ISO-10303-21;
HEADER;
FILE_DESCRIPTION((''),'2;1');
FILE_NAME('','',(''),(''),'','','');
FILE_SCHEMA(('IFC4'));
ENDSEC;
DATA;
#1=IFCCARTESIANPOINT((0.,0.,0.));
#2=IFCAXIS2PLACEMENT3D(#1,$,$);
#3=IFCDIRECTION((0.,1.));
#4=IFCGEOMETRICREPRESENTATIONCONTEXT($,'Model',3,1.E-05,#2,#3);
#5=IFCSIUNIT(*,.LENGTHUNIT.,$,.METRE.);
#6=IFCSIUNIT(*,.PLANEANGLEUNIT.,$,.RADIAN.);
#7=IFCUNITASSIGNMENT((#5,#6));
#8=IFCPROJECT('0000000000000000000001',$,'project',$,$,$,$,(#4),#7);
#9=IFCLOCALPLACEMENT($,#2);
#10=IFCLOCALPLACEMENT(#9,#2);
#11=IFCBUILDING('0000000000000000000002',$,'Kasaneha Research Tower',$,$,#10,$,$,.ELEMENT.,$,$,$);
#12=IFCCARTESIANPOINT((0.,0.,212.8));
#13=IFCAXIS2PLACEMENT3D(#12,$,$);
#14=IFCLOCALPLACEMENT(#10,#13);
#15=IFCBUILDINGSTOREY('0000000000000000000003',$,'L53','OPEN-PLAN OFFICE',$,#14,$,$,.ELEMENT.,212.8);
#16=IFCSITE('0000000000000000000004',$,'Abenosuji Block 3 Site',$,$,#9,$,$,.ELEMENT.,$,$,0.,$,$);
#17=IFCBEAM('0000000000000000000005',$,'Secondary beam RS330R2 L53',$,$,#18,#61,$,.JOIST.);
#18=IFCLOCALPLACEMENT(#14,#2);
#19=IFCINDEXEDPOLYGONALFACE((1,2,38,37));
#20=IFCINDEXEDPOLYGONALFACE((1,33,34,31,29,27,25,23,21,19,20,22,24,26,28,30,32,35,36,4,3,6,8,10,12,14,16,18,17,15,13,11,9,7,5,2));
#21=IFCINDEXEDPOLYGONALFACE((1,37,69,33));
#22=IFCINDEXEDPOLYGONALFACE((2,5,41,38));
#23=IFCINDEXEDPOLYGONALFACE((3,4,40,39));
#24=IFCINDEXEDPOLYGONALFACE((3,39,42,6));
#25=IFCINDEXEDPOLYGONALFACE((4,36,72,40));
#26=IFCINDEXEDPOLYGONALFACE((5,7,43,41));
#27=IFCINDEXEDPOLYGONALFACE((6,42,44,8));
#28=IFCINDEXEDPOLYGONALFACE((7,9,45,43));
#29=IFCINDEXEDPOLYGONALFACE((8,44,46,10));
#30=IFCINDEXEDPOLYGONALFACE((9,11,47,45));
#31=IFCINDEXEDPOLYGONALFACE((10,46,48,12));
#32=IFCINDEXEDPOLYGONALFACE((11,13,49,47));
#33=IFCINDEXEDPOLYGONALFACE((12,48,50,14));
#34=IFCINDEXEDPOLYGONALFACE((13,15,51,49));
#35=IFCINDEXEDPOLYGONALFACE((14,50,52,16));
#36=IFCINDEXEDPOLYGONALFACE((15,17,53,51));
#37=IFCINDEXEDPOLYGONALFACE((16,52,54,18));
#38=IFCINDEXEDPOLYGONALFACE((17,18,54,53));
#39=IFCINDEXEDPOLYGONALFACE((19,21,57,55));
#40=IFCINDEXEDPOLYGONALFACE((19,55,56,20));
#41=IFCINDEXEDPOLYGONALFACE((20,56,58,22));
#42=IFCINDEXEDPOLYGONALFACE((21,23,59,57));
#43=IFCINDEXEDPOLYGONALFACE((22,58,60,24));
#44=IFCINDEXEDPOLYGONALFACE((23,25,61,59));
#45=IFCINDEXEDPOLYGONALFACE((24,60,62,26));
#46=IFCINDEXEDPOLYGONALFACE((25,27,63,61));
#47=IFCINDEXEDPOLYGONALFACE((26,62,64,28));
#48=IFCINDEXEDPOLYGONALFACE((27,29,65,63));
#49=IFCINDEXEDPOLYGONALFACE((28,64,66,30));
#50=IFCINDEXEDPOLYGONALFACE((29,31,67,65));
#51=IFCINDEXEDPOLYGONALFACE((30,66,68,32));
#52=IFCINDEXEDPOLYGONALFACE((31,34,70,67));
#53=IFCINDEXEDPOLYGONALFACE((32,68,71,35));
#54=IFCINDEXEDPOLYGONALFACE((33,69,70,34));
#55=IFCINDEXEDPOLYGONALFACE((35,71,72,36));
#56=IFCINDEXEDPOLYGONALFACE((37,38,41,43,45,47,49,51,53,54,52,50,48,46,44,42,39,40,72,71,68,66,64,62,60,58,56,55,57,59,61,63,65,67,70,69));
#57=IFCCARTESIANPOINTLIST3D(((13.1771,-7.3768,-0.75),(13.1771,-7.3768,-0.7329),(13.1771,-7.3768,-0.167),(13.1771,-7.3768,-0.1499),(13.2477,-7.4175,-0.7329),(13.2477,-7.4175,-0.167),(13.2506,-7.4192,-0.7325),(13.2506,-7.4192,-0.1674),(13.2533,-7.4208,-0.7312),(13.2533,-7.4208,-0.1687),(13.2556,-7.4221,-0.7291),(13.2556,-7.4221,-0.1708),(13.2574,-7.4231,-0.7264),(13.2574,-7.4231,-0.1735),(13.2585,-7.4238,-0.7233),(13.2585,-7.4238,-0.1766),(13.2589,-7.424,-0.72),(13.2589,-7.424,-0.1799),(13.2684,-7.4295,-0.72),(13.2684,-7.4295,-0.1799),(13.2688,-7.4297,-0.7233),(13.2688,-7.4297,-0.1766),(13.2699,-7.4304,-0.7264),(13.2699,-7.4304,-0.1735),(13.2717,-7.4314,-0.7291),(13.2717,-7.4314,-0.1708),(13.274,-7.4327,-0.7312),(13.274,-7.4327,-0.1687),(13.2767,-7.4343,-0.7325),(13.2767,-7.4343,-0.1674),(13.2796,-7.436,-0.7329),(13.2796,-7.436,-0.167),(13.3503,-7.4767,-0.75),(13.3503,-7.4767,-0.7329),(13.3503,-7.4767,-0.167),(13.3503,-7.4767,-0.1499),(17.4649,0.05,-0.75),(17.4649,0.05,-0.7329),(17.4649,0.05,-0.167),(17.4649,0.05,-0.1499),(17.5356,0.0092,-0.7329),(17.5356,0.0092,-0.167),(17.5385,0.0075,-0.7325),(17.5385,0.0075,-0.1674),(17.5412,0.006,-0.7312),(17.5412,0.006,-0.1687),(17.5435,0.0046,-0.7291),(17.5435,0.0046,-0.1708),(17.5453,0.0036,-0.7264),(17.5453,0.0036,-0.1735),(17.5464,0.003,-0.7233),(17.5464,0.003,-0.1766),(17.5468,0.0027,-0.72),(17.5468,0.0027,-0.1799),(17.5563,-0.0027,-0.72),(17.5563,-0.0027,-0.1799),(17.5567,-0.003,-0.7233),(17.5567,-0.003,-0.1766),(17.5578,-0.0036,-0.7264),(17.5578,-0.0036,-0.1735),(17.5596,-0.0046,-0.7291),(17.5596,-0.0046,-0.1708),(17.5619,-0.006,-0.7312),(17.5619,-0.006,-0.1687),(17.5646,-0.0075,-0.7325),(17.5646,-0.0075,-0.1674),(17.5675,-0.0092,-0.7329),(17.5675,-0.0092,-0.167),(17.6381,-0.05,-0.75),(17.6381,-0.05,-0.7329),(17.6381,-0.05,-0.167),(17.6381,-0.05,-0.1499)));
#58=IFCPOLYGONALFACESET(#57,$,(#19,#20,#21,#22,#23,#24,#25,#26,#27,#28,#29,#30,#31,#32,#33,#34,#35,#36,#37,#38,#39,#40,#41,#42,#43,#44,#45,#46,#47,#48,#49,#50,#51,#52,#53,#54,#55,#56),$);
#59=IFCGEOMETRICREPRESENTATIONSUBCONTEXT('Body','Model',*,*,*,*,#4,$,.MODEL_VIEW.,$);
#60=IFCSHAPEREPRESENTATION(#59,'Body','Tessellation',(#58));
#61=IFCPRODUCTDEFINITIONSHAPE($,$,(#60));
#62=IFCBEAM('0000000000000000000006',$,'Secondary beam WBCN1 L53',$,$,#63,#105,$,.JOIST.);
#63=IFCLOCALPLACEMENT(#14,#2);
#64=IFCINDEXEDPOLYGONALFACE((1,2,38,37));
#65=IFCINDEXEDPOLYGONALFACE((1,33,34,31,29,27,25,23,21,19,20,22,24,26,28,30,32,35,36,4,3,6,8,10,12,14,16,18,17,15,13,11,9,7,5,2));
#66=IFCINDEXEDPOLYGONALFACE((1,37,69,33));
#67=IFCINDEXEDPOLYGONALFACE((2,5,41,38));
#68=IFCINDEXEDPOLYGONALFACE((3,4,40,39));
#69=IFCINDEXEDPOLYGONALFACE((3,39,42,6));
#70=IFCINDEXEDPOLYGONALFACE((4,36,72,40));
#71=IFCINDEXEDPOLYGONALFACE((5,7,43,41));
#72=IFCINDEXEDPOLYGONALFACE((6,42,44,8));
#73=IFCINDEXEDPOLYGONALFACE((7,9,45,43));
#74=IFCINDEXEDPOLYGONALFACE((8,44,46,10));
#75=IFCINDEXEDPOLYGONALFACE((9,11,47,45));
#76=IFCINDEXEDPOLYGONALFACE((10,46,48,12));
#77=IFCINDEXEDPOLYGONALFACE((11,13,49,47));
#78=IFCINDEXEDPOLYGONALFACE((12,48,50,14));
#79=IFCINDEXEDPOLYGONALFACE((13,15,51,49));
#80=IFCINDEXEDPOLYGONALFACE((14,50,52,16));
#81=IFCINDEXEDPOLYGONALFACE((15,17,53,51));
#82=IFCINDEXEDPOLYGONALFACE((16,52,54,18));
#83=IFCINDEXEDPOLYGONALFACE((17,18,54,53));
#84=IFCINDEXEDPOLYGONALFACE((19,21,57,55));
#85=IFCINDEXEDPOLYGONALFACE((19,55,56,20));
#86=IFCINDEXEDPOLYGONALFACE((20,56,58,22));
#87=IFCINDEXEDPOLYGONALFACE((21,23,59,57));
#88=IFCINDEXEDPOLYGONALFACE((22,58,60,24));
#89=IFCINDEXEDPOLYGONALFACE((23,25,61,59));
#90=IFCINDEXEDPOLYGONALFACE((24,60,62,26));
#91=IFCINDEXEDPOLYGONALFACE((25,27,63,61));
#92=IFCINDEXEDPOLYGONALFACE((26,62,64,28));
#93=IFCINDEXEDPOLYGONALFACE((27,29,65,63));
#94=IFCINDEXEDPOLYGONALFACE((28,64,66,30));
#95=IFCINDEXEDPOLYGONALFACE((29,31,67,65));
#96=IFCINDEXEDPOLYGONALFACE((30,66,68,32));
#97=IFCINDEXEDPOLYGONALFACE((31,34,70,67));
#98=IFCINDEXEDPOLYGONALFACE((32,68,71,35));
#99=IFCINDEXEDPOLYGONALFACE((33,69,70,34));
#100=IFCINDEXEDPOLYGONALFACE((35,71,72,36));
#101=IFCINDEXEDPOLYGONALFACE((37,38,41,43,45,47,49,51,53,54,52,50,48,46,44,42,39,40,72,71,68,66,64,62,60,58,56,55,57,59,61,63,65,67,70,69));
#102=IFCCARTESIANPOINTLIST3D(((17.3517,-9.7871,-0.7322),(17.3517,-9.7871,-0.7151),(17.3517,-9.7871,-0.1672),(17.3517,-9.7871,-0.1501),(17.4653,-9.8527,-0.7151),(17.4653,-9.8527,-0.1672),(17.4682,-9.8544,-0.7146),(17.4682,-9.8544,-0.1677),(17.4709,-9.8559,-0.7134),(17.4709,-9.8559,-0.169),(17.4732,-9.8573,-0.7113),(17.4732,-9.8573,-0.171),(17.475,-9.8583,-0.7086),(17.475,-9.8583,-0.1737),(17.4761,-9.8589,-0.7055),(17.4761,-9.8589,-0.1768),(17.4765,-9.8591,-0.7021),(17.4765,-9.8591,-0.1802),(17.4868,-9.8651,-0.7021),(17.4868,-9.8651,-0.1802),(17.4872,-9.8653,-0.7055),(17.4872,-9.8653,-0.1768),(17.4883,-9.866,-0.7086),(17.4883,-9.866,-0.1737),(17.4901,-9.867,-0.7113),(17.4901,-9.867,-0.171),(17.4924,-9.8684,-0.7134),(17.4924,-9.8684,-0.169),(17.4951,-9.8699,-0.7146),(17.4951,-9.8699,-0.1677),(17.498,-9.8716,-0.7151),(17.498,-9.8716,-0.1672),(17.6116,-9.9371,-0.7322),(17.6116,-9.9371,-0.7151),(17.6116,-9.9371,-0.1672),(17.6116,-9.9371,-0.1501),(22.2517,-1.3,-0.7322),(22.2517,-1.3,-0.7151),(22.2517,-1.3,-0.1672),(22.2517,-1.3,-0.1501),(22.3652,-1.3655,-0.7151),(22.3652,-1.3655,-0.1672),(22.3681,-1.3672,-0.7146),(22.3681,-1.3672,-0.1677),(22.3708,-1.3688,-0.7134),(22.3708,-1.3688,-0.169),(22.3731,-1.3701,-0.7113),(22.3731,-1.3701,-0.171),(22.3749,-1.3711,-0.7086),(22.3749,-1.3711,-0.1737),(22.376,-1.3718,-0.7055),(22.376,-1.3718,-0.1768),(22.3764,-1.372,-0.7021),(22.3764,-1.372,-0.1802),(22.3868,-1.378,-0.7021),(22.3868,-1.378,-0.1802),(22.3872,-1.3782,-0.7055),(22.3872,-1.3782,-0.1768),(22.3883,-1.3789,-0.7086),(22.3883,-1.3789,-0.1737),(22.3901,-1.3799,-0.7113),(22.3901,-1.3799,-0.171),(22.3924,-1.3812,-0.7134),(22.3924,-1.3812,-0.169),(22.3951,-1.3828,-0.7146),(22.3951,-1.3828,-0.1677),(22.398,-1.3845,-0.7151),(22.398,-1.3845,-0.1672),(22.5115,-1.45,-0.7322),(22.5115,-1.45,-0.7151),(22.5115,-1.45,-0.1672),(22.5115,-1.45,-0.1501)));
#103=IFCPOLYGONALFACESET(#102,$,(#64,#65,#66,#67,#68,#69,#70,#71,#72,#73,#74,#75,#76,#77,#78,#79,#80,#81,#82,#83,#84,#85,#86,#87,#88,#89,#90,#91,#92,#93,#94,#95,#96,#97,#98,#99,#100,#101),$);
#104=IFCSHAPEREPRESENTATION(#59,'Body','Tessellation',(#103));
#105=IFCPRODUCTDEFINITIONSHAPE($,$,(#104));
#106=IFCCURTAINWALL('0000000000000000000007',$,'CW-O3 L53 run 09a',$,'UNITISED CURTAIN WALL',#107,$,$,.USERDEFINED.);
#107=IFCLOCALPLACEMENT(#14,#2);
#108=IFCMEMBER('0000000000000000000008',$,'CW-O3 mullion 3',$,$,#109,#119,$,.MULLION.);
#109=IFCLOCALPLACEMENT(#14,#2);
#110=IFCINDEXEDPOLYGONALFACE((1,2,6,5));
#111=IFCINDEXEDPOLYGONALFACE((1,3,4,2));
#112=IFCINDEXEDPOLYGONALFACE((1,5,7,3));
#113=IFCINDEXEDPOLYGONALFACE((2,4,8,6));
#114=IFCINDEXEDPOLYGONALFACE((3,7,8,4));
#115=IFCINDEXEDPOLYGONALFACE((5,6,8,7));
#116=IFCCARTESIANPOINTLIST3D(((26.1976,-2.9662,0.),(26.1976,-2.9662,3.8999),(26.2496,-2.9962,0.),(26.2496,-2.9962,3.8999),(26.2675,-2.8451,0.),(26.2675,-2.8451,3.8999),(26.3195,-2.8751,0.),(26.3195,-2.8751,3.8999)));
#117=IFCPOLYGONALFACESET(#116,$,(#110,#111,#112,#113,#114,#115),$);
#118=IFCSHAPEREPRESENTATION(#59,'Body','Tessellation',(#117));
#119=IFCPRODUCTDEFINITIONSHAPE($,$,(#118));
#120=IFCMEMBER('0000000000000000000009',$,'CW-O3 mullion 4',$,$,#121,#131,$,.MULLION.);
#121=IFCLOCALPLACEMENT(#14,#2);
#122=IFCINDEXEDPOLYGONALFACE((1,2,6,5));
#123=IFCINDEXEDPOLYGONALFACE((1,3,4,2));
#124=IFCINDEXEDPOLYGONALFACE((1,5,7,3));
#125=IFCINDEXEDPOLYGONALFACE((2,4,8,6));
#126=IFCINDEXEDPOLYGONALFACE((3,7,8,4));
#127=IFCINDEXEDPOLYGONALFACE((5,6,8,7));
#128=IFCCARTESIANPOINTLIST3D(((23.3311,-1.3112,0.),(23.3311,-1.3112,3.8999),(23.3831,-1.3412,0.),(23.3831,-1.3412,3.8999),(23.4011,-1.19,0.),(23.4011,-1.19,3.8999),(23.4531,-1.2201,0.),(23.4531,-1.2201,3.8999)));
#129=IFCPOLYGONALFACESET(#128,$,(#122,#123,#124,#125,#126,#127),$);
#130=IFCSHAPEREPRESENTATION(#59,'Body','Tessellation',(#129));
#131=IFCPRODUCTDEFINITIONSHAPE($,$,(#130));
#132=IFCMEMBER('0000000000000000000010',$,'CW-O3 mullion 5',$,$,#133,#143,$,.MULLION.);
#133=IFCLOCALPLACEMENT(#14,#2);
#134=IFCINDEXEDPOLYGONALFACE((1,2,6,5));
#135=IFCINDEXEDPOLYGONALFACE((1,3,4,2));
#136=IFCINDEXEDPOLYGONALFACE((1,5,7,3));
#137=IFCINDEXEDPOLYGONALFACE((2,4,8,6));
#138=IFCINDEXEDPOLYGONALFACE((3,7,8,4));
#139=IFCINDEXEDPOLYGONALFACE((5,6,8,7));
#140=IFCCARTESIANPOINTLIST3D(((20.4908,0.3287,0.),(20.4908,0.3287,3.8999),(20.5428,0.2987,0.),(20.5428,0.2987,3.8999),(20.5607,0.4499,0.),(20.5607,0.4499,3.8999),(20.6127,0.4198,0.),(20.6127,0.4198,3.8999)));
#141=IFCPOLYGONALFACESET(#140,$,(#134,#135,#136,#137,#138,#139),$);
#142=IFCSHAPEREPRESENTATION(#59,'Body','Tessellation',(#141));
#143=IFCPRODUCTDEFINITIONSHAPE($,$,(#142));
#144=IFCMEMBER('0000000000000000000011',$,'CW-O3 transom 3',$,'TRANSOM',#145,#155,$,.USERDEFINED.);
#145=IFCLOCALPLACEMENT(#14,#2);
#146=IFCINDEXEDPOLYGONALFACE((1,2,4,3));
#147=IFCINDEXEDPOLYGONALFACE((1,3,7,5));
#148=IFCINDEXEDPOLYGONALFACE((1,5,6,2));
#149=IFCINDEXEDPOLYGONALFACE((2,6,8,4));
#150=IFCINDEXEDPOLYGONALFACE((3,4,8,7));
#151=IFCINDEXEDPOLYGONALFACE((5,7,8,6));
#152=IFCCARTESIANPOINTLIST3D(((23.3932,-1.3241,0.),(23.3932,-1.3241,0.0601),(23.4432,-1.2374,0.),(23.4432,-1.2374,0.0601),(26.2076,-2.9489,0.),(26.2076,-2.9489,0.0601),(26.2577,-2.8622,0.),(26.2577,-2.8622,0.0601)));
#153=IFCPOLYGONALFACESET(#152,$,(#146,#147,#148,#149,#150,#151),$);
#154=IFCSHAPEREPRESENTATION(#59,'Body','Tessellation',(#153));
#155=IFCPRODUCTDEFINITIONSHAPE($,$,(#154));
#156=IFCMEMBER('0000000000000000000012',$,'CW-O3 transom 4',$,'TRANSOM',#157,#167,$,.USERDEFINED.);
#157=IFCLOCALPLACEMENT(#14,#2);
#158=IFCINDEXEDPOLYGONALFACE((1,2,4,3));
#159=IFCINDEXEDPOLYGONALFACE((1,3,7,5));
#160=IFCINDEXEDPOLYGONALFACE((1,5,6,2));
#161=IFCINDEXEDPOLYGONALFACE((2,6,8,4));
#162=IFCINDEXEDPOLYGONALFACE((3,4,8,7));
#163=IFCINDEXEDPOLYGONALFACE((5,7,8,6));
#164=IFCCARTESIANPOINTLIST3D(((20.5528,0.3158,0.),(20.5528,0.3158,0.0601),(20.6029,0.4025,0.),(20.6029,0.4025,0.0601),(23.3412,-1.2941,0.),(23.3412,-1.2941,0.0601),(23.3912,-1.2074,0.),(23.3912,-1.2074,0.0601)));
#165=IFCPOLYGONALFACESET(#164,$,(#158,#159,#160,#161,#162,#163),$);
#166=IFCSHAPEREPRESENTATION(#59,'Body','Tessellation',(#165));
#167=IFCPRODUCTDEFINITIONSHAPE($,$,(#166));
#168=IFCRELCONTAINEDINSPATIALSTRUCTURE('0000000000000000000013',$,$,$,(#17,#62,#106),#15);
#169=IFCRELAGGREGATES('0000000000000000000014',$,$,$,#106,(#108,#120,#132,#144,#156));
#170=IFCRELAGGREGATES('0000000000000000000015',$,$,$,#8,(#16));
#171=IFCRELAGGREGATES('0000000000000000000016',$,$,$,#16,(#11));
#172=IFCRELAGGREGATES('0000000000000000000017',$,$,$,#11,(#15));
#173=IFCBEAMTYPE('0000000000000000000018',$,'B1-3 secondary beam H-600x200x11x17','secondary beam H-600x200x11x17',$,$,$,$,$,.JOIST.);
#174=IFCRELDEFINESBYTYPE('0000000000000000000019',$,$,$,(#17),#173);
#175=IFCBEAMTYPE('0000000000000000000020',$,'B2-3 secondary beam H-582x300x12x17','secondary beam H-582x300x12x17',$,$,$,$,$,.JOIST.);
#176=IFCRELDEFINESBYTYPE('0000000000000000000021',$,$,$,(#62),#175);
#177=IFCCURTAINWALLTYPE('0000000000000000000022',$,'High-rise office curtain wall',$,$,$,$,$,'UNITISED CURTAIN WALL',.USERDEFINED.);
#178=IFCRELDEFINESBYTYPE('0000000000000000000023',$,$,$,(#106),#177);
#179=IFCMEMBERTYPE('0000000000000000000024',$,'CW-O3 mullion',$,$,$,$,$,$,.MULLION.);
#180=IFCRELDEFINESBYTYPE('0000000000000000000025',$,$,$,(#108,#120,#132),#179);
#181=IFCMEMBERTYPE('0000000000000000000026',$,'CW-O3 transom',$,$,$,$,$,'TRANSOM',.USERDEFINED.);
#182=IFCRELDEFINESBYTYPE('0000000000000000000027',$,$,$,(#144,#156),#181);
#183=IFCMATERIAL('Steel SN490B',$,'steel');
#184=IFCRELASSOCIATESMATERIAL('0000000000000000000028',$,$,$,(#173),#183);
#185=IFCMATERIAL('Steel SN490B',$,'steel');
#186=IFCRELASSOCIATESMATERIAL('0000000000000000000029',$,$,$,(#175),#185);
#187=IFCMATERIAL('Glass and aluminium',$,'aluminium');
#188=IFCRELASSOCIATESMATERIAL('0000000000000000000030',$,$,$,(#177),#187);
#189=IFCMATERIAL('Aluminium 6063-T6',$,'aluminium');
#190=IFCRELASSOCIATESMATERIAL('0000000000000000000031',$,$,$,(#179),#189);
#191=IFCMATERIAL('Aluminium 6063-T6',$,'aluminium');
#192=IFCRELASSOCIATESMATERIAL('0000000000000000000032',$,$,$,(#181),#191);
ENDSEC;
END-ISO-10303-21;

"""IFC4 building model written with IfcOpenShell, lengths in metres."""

from ifc_helpers import new_model, si_unit, direction, frame, origin, origin_2d, place, context, subcontext, project, spatial, rectangle, i_section, extrude, material, material_profile, profile_set, type_object, element, aggregate, save


model = new_model("IFC4")

# Units and contexts
model_context = context("Model", 3, precision=1e-05, world=origin(), true_north=direction((0.0, 1.0)))
body_context = subcontext(model_context, "Body", "Model", "MODEL_VIEW")
ifc_project = project(units=[si_unit("LENGTHUNIT", "METRE"), si_unit("PLANEANGLEUNIT", "RADIAN")], contexts=[model_context])

# Site, building, storey
site_placement = place(None, origin())
site = spatial("IfcSite", under=ifc_project, at=site_placement, Name="Abenosuji Block 3 Site", CompositionType="ELEMENT", RefElevation=0.0)
building_placement = place(site_placement, origin())
building = spatial("IfcBuilding", under=site, at=building_placement, Name="Kasaneha Research Tower", CompositionType="ELEMENT")
storey_placement = place(building_placement, frame((0.0, 0.0, 212.8)))
storey = spatial("IfcBuildingStorey", under=building, at=storey_placement, Name="L53", Description="OPEN-PLAN OFFICE", CompositionType="ELEMENT", Elevation=212.8)

# Beams
ifc_material_1 = material(Name="Steel SN490B", Category="steel")
ifc_material_profile_1 = material_profile(ifc_material_1, i_section(OverallWidth=0.2, OverallDepth=0.6001, WebThickness=0.011, FlangeThickness=0.0171, FilletRadius=0.0129, at=origin_2d()), Name="H-600x200x11x17")
ifc_profile_set_1 = profile_set([ifc_material_profile_1], Name="Steel SN490B")
beam_type_1 = type_object("IfcBeamType", Name="B1-3 secondary beam H-600x200x11x17", Description="secondary beam H-600x200x11x17", PredefinedType="JOIST", material=ifc_profile_set_1)
beam_1_placement = place(storey_placement, frame((17.5515, 0.0, -0.45), z_axis=(-0.5, -0.866025, 0.0), x_axis=(0.866025, -0.5, 0.0)))
element("IfcBeam", 1, at=beam_1_placement, inside=storey, type_object=beam_type_1, Name="Secondary beam RS330R2 L53", PredefinedType="JOIST", context=body_context, shape_type="SweptSolid", body=[
    extrude(i_section(OverallWidth=0.2, OverallDepth=0.6001, WebThickness=0.011, FlangeThickness=0.0171, FilletRadius=0.0129, at=origin_2d()), origin(), (0.0, 0.0, 1.0), 8.5757),
])
ifc_material_2 = material(Name="Steel SN490B", Category="steel")
ifc_material_profile_2 = material_profile(ifc_material_2, i_section(OverallWidth=0.3, OverallDepth=0.582, WebThickness=0.012, FlangeThickness=0.0171, FilletRadius=0.0129, at=origin_2d()), Name="H-582x300x12x17")
ifc_profile_set_2 = profile_set([ifc_material_profile_2], Name="Steel SN490B")
beam_type_2 = type_object("IfcBeamType", Name="B2-3 secondary beam H-582x300x12x17", Description="secondary beam H-582x300x12x17", PredefinedType="JOIST", material=ifc_profile_set_2)
beam_2_placement = place(storey_placement, frame((22.3816, -1.375, -0.4412), z_axis=(-0.499992, -0.86603, 0.0), x_axis=(0.86603, -0.499992, 0.0)))
element("IfcBeam", 2, at=beam_2_placement, inside=storey, type_object=beam_type_2, Name="Secondary beam WBCN1 L53", PredefinedType="JOIST", context=body_context, shape_type="SweptSolid", body=[
    extrude(i_section(OverallWidth=0.3, OverallDepth=0.582, WebThickness=0.012, FlangeThickness=0.0171, FilletRadius=0.0129, at=origin_2d()), origin(), (0.0, 0.0, 1.0), 9.8),
])

# Curtain wall, members
ifc_material_3 = material(Name="Glass and aluminium", Category="aluminium")
curtain_wall_type = type_object("IfcCurtainWallType", Name="High-rise office curtain wall", ElementType="UNITISED CURTAIN WALL", PredefinedType="USERDEFINED", material=ifc_material_3)
curtain_wall_placement = place(storey_placement, origin())
curtain_wall = element("IfcCurtainWall", 3, at=curtain_wall_placement, inside=storey, type_object=curtain_wall_type, Name="CW-O3 L53 run 09a", ObjectType="UNITISED CURTAIN WALL", PredefinedType="USERDEFINED")
ifc_material_4 = material(Name="Aluminium 6063-T6", Category="aluminium")
ifc_material_profile_3 = material_profile(ifc_material_4, rectangle(XDim=0.0601, YDim=0.1399, at=origin_2d()), Name="CW-O3 mullion 60x140")
ifc_profile_set_3 = profile_set([ifc_material_profile_3], Name="Aluminium 6063-T6")
member_type_1 = type_object("IfcMemberType", Name="CW-O3 mullion", PredefinedType="MULLION", material=ifc_profile_set_3)
member_1_placement = place(storey_placement, frame((26.2585, -2.9207, 0.0), z_axis=(0.0, 0.0, 1.0), x_axis=(-0.866025, 0.5, 0.0)))
member_1 = element("IfcMember", 4, at=member_1_placement, type_object=member_type_1, Name="CW-O3 mullion 3", PredefinedType="MULLION", context=body_context, shape_type="SweptSolid", body=[
    extrude(rectangle(XDim=0.0601, YDim=0.1399, at=origin_2d()), origin(), (0.0, 0.0, 1.0), 3.8999),
])
member_2_placement = place(storey_placement, frame((23.3921, -1.2656, 0.0), z_axis=(0.0, 0.0, 1.0), x_axis=(-0.866025, 0.5, 0.0)))
member_2 = element("IfcMember", 5, at=member_2_placement, type_object=member_type_1, Name="CW-O3 mullion 4", PredefinedType="MULLION", context=body_context, shape_type="SweptSolid", body=[
    extrude(rectangle(XDim=0.0601, YDim=0.1399, at=origin_2d()), origin(), (0.0, 0.0, 1.0), 3.8999),
])
member_3_placement = place(storey_placement, frame((20.5518, 0.3743, 0.0), z_axis=(0.0, 0.0, 1.0), x_axis=(-0.866025, 0.5, 0.0)))
member_3 = element("IfcMember", 6, at=member_3_placement, type_object=member_type_1, Name="CW-O3 mullion 5", PredefinedType="MULLION", context=body_context, shape_type="SweptSolid", body=[
    extrude(rectangle(XDim=0.0601, YDim=0.1399, at=origin_2d()), origin(), (0.0, 0.0, 1.0), 3.8999),
])
ifc_material_5 = material(Name="Aluminium 6063-T6", Category="aluminium")
ifc_material_profile_4 = material_profile(ifc_material_5, rectangle(XDim=0.1001, YDim=0.0601, at=origin_2d()), Name="CW-O3 transom 100x60")
ifc_profile_set_4 = profile_set([ifc_material_profile_4], Name="Aluminium 6063-T6")
member_type_2 = type_object("IfcMemberType", Name="CW-O3 transom", ElementType="TRANSOM", PredefinedType="USERDEFINED", material=ifc_profile_set_4)
member_4_placement = place(storey_placement, frame((26.2327, -2.9055, 0.03), z_axis=(-0.866048, 0.499961, 0.0), x_axis=(-0.499961, -0.866048, 0.0)))
member_4 = element("IfcMember", 7, at=member_4_placement, type_object=member_type_2, Name="CW-O3 transom 3", ObjectType="TRANSOM", PredefinedType="USERDEFINED", context=body_context, shape_type="SweptSolid", body=[
    extrude(rectangle(XDim=0.1001, YDim=0.0601, at=origin_2d()), origin(), (0.0, 0.0, 1.0), 3.2498),
])
member_5_placement = place(storey_placement, frame((23.3662, -1.2507, 0.03), z_axis=(-0.866023, 0.500005, 0.0), x_axis=(-0.500005, -0.866023, 0.0)))
member_5 = element("IfcMember", 8, at=member_5_placement, type_object=member_type_2, Name="CW-O3 transom 4", ObjectType="TRANSOM", PredefinedType="USERDEFINED", context=body_context, shape_type="SweptSolid", body=[
    extrude(rectangle(XDim=0.1001, YDim=0.0601, at=origin_2d()), origin(), (0.0, 0.0, 1.0), 3.2197),
])

aggregate(curtain_wall, [member_1, member_2, member_3, member_4, member_5])

save(model, "model.ifc")
